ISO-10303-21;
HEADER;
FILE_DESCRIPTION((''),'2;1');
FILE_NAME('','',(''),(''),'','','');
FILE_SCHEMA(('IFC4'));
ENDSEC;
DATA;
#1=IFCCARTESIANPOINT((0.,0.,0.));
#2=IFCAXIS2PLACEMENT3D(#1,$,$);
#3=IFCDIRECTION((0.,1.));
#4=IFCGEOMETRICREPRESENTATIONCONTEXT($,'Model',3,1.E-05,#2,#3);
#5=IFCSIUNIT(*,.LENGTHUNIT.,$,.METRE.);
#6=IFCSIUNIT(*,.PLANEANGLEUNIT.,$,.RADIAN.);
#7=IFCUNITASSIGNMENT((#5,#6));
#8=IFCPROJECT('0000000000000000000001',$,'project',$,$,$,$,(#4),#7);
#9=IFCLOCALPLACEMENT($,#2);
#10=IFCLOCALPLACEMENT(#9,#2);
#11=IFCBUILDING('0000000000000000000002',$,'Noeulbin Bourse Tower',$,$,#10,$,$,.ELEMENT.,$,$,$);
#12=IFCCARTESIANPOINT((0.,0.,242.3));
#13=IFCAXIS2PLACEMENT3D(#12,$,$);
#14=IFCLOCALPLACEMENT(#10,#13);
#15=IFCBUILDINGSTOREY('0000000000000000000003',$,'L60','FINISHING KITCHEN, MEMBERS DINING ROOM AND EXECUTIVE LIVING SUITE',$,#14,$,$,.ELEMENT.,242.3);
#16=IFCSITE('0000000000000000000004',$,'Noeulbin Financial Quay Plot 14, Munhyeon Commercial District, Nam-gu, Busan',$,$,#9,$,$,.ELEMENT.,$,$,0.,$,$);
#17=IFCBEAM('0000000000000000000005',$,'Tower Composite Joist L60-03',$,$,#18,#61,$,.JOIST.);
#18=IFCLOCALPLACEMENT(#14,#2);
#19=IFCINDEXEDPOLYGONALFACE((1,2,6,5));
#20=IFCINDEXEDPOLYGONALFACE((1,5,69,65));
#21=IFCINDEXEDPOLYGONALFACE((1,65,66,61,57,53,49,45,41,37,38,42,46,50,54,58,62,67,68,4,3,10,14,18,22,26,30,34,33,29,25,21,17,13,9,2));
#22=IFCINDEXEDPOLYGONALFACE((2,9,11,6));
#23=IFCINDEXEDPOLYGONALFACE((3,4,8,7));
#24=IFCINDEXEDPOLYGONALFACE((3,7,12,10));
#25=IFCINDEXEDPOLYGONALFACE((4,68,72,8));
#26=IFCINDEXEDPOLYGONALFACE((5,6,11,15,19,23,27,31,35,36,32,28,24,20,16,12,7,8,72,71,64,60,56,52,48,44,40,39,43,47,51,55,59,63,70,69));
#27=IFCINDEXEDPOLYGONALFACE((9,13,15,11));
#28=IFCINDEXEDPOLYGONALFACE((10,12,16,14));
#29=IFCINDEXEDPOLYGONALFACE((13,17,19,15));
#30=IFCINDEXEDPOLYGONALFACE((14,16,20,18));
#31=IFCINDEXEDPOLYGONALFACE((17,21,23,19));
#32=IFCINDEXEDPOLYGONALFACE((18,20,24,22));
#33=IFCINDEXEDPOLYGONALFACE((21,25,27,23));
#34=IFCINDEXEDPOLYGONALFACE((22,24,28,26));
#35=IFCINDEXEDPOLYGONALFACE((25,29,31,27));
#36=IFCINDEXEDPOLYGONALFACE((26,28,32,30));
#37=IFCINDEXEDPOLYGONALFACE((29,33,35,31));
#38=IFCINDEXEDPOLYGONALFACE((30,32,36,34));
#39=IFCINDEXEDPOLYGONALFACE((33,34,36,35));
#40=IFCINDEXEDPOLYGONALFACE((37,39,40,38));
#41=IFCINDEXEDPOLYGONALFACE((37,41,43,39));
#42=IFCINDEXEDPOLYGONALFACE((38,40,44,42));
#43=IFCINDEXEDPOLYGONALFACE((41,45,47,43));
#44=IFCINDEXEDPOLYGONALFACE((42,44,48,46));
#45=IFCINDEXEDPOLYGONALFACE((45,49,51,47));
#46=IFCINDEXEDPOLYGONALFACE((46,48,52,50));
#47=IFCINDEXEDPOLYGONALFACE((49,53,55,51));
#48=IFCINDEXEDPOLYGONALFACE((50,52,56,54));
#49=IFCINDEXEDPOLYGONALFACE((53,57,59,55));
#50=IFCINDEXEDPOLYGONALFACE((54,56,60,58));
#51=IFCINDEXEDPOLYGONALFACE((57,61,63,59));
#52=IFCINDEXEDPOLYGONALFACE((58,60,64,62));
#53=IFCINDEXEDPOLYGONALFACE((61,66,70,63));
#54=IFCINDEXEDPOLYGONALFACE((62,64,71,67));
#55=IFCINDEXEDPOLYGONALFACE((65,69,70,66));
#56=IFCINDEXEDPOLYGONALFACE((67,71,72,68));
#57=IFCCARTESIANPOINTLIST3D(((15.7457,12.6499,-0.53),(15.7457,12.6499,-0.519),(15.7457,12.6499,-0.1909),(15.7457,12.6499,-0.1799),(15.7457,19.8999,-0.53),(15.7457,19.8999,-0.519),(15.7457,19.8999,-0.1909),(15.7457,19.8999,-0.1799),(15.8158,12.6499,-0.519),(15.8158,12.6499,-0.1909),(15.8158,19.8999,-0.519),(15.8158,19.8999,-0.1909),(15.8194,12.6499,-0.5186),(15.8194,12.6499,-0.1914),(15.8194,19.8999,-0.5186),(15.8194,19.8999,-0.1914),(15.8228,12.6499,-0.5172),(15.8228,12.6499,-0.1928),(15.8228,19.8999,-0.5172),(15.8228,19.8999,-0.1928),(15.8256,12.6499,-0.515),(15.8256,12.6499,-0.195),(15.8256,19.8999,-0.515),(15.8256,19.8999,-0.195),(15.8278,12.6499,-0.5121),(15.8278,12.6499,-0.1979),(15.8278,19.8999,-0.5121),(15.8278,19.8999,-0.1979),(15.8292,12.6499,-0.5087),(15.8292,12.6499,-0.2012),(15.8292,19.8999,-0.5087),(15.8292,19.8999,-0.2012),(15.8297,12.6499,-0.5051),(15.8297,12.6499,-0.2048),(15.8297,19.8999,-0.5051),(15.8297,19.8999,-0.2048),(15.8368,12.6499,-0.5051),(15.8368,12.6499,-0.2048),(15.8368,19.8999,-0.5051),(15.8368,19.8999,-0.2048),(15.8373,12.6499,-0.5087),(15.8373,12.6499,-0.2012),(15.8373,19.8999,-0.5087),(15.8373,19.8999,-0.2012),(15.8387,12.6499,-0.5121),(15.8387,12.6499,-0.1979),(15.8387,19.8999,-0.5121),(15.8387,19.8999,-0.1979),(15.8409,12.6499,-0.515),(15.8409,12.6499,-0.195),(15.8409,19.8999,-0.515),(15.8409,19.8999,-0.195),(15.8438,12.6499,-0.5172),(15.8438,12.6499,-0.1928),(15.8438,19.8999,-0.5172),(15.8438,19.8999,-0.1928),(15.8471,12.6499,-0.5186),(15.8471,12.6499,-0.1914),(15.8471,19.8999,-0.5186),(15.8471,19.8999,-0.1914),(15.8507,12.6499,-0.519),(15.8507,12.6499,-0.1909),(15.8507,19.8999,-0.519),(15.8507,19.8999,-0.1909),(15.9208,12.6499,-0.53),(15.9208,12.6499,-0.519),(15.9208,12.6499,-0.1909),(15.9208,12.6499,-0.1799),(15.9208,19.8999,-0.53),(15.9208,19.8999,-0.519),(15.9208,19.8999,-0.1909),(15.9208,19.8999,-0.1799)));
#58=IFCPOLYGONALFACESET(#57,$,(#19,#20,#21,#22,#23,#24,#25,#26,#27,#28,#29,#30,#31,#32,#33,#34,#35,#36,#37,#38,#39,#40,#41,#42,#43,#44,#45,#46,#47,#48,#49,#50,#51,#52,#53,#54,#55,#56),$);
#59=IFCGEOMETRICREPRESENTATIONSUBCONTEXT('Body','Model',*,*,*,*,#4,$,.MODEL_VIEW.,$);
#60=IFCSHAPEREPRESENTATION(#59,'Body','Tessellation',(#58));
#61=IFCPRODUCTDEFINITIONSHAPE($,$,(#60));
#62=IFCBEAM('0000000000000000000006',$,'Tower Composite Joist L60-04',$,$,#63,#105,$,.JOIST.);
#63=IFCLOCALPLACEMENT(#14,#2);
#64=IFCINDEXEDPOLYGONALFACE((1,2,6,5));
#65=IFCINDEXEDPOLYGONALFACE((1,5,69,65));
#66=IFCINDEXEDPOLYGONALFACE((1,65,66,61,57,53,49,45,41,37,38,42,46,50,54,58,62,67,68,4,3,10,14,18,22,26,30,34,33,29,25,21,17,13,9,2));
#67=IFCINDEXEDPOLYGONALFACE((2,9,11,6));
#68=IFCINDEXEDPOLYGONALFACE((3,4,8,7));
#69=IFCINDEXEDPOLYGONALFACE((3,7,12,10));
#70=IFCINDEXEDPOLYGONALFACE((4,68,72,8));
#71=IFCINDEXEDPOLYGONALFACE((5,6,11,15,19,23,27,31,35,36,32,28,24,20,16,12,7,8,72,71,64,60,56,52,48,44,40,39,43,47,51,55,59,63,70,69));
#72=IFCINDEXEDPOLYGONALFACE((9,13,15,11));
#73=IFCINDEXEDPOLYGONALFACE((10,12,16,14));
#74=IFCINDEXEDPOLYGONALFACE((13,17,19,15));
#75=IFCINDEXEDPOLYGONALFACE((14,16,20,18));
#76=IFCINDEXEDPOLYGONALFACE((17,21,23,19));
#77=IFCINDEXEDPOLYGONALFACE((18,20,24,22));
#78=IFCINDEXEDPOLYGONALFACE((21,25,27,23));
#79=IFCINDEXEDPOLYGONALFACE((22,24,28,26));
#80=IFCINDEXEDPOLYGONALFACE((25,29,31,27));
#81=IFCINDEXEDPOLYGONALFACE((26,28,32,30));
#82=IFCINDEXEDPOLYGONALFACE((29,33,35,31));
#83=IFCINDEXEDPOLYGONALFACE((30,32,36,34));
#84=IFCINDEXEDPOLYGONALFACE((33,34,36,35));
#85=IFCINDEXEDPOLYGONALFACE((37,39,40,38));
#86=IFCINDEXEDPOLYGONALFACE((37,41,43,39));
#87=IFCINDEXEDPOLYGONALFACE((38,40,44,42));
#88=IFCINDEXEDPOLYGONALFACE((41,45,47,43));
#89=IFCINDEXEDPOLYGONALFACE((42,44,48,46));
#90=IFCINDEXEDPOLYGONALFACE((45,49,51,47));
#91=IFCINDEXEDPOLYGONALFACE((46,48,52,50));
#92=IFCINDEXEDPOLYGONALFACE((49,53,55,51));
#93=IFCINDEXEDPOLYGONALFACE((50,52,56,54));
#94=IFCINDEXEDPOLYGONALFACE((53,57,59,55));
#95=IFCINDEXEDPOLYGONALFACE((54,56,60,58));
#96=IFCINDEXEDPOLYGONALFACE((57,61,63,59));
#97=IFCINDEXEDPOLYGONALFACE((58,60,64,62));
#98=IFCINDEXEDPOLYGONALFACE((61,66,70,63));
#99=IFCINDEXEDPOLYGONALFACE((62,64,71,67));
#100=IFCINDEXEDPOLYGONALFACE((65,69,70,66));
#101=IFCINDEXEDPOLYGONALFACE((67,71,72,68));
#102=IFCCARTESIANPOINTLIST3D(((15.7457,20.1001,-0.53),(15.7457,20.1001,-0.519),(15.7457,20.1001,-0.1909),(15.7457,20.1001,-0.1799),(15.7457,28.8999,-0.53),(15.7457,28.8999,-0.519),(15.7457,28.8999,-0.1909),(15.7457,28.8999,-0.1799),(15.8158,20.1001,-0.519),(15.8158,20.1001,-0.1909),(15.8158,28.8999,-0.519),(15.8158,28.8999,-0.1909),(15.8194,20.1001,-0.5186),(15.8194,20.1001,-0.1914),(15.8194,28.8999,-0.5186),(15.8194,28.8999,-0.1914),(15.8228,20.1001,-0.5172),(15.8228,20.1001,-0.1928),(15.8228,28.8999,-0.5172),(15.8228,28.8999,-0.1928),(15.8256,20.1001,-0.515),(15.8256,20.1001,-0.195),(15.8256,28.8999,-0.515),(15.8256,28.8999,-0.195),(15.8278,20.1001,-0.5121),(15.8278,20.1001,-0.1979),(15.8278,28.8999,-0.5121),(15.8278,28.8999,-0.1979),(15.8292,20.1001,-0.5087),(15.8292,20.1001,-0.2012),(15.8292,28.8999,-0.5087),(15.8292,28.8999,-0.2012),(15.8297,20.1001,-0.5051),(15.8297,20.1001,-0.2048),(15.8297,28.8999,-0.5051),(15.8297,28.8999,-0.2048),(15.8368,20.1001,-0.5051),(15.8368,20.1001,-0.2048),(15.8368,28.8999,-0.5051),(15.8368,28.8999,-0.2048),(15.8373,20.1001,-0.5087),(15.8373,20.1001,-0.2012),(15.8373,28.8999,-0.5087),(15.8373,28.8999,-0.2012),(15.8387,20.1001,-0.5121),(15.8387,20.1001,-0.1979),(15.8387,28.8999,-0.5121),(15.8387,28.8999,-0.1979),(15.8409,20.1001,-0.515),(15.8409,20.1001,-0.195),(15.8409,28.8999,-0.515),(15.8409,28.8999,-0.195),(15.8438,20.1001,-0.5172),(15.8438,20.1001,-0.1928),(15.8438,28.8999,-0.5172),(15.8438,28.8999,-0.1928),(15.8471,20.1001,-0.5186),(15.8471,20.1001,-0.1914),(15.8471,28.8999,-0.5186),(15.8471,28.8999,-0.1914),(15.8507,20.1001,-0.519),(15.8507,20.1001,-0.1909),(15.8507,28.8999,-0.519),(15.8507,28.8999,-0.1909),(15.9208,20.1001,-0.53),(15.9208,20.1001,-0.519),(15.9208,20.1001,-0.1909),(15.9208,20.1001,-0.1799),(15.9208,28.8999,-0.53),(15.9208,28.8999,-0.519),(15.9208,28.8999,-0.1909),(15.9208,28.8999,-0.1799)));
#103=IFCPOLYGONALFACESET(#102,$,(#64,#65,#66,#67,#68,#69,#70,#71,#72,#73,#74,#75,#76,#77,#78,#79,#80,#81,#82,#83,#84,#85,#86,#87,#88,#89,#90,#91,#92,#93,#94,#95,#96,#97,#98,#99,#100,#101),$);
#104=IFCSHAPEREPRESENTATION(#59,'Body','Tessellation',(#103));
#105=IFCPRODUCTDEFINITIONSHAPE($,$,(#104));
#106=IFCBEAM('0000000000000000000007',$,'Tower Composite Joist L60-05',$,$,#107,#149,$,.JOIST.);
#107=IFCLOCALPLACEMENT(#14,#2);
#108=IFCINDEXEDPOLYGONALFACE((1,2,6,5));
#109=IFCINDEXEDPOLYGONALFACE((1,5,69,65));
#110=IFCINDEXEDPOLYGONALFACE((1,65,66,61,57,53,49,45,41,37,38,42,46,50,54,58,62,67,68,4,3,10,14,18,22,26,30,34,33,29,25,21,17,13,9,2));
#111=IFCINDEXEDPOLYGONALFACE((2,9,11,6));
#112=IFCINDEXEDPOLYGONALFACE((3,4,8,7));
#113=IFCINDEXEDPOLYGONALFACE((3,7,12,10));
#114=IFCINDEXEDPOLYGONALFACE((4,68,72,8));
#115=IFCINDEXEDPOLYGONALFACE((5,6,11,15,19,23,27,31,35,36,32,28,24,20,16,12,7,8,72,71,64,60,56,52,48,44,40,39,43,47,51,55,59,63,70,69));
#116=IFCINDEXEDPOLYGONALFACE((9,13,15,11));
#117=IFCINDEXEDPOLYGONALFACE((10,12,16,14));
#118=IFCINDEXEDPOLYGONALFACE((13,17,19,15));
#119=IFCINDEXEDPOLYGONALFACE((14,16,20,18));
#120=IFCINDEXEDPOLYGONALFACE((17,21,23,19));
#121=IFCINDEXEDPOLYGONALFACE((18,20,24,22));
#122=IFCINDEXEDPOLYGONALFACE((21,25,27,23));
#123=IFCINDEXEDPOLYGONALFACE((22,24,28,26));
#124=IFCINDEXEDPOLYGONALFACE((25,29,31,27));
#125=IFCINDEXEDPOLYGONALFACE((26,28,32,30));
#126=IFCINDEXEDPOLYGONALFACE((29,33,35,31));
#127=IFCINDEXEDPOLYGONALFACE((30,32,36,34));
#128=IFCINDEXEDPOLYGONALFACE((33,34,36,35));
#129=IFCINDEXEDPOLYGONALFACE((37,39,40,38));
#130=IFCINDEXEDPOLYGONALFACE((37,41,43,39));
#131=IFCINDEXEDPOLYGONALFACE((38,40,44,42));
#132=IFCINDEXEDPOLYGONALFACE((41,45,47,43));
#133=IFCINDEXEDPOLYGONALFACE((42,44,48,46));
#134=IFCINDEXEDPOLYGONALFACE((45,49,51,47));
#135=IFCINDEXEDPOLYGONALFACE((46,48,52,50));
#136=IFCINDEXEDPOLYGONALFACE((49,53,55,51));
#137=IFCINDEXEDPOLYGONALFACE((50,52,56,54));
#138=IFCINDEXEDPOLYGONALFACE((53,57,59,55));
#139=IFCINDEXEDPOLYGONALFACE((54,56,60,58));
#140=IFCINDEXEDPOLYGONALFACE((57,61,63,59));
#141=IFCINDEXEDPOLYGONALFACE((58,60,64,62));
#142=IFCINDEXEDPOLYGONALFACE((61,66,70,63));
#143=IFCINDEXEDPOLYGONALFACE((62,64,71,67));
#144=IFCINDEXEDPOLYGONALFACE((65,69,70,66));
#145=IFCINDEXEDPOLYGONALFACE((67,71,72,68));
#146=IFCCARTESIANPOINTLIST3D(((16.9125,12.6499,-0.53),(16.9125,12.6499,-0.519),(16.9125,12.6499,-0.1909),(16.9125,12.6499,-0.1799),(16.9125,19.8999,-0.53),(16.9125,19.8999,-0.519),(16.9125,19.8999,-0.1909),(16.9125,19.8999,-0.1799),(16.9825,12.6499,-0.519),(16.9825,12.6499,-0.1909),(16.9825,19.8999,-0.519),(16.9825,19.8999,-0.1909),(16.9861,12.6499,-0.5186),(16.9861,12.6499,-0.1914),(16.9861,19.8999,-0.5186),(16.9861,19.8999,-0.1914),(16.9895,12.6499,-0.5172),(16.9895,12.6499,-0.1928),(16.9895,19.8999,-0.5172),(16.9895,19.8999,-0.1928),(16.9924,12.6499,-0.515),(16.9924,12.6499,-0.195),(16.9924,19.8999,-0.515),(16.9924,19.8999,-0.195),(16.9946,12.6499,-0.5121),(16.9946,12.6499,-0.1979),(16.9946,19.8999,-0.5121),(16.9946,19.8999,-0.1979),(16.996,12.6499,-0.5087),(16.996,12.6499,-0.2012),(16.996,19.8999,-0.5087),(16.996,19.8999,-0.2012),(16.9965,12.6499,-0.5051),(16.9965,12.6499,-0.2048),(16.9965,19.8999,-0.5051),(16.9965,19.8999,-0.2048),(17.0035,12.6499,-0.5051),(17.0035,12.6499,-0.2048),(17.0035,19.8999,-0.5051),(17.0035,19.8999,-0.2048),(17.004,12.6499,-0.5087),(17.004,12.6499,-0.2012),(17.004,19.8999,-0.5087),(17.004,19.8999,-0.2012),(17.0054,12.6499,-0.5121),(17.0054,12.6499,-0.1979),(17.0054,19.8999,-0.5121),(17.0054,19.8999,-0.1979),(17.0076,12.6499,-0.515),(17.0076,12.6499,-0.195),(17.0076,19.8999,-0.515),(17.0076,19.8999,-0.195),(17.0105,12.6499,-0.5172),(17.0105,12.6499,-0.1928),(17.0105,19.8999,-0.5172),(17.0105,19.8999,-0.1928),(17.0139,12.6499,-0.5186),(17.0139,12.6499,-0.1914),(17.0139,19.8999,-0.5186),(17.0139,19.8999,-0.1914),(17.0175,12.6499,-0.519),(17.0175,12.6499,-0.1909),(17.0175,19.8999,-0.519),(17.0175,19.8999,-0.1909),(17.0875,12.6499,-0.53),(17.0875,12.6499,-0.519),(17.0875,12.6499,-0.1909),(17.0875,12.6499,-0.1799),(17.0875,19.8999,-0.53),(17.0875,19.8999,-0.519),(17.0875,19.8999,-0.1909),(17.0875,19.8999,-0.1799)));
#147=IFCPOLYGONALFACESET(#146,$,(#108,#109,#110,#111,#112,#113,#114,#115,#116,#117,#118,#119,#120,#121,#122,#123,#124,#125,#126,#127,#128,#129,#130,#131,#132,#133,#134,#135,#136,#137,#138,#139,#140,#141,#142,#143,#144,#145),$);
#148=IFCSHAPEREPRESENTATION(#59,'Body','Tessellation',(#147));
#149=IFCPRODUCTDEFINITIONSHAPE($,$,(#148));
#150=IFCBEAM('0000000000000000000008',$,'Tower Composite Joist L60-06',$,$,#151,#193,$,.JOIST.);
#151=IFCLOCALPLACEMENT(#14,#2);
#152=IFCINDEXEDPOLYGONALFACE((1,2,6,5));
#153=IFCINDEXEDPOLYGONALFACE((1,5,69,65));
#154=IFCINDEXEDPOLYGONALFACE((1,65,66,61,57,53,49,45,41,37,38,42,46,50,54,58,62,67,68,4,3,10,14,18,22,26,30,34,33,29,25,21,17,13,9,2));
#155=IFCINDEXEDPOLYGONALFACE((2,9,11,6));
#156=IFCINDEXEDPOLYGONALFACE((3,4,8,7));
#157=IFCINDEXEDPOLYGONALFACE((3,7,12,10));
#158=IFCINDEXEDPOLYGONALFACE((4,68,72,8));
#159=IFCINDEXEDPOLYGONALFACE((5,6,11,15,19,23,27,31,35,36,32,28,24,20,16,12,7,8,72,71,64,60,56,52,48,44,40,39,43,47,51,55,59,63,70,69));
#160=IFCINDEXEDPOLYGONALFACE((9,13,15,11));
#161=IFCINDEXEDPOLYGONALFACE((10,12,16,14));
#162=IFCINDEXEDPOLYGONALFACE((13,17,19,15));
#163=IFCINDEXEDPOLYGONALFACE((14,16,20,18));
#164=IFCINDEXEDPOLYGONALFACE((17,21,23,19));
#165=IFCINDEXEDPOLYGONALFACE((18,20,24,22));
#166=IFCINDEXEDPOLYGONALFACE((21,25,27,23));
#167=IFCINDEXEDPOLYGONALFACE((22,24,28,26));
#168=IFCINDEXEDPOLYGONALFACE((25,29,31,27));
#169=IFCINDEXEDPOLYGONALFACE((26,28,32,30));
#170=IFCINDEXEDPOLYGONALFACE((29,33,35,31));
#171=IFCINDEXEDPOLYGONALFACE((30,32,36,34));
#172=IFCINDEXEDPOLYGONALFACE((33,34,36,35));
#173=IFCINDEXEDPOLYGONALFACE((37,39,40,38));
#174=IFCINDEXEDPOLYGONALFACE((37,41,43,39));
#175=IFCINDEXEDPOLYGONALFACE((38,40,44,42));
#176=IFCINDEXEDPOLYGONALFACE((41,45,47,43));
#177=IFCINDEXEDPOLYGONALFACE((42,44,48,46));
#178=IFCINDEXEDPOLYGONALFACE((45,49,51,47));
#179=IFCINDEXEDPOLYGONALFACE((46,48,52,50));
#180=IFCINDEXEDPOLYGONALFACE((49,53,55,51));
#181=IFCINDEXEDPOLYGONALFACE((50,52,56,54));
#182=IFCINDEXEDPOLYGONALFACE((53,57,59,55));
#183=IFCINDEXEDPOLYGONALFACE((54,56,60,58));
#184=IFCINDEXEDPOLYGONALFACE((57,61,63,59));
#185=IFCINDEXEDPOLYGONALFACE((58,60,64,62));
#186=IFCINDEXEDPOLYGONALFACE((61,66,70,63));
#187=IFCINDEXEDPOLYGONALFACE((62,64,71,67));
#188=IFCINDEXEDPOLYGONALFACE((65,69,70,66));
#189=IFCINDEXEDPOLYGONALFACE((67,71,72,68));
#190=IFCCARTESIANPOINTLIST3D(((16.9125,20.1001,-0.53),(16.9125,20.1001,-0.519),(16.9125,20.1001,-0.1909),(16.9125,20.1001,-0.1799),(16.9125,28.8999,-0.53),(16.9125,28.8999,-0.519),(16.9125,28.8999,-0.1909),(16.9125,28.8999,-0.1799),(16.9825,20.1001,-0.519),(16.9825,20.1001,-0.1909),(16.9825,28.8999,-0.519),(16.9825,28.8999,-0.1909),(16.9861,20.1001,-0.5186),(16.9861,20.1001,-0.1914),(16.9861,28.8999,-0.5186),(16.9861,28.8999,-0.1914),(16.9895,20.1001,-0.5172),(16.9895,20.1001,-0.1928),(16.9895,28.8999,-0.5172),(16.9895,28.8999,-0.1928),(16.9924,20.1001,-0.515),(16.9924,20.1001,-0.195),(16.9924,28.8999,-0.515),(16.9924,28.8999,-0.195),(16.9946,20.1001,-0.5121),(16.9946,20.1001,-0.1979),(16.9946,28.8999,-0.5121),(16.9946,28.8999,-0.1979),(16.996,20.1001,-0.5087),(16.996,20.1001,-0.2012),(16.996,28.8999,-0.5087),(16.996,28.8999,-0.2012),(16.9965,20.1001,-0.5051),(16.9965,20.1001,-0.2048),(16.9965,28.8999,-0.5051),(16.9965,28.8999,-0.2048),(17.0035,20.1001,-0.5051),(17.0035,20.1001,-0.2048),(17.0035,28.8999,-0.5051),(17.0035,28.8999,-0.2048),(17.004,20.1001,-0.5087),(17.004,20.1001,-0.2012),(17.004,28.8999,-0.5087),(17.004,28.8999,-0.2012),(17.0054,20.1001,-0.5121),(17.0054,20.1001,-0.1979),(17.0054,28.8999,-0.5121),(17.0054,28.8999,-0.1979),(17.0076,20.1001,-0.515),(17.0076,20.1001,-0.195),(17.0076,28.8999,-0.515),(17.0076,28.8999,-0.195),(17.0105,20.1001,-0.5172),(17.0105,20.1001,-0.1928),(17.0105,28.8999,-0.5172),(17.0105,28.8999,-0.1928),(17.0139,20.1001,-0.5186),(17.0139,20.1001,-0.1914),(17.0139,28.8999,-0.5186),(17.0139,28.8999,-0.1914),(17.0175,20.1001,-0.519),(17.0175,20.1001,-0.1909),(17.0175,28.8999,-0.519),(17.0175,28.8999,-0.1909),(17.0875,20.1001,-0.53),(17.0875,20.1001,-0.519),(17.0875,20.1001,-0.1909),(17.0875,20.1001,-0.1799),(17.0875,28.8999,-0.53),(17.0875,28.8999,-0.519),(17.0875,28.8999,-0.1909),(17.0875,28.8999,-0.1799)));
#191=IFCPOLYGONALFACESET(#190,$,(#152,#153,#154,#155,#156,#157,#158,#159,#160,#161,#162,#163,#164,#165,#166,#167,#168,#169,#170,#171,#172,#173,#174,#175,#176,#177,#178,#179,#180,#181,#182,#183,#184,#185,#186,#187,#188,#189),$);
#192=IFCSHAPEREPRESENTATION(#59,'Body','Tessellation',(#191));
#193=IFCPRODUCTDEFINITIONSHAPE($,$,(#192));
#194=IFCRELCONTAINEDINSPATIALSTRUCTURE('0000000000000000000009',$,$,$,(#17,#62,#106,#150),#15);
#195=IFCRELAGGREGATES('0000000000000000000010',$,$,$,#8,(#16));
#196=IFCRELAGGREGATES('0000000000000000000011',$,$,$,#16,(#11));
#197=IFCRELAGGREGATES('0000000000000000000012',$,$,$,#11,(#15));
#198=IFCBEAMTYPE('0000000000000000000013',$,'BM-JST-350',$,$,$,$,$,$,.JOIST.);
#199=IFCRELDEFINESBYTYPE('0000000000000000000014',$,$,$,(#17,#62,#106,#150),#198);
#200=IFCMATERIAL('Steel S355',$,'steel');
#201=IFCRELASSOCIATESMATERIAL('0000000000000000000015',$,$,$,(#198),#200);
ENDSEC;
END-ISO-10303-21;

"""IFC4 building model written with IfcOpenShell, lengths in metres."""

from ifc_helpers import new_model, si_unit, direction, frame, origin, origin_2d, place, context, subcontext, project, spatial, i_section, extrude, material, material_profile, profile_set, type_object, element, save


model = new_model("IFC4")

# Units and contexts
model_context = context("Model", 3, precision=1e-05, world=origin(), true_north=direction((0.0, 1.0)))
body_context = subcontext(model_context, "Body", "Model", "MODEL_VIEW")
ifc_project = project(units=[si_unit("LENGTHUNIT", "METRE"), si_unit("PLANEANGLEUNIT", "RADIAN")], contexts=[model_context])

# Site, building, storey
site_placement = place(None, origin())
site = spatial("IfcSite", under=ifc_project, at=site_placement, Name="Noeulbin Financial Quay Plot 14, Munhyeon Commercial District, Nam-gu, Busan", CompositionType="ELEMENT", RefElevation=0.0)
building_placement = place(site_placement, origin())
building = spatial("IfcBuilding", under=site, at=building_placement, Name="Noeulbin Bourse Tower", CompositionType="ELEMENT")
storey_placement = place(building_placement, frame((0.0, 0.0, 242.3)))
storey = spatial("IfcBuildingStorey", under=building, at=storey_placement, Name="L60", Description="FINISHING KITCHEN, MEMBERS DINING ROOM AND EXECUTIVE LIVING SUITE", CompositionType="ELEMENT", Elevation=242.3)

# Shared definitions
ifc_material_1 = material(Name="Steel S355", Category="steel")

# Beams
ifc_material_profile_1 = material_profile(ifc_material_1, i_section(OverallWidth=0.175, OverallDepth=0.3501, WebThickness=0.0071, FlangeThickness=0.011, FilletRadius=0.0139, at=origin_2d()), Name="H-350x175x7x11", Category="LoadBearing")
ifc_profile_set_1 = profile_set([ifc_material_profile_1], Name="Steel S355")
beam_type_1 = type_object("IfcBeamType", Name="BM-JST-350", PredefinedType="JOIST", material=ifc_profile_set_1)
beam_1_placement = place(storey_placement, frame((15.8333, 12.6499, -0.355), z_axis=(0.0, 1.0, 0.0), x_axis=(-1.0, 0.0, 0.0)))
element("IfcBeam", 1, at=beam_1_placement, inside=storey, type_object=beam_type_1, Name="Tower Composite Joist L60-03", PredefinedType="JOIST", context=body_context, shape_type="SweptSolid", body=[
    extrude(i_section(OverallWidth=0.175, OverallDepth=0.3501, WebThickness=0.0071, FlangeThickness=0.011, FilletRadius=0.0139, at=origin_2d()), origin(), (0.0, 0.0, 1.0), 7.25),
])
beam_2_placement = place(storey_placement, frame((15.8333, 20.1001, -0.355), z_axis=(0.0, 1.0, 0.0), x_axis=(-1.0, 0.0, 0.0)))
element("IfcBeam", 2, at=beam_2_placement, inside=storey, type_object=beam_type_1, Name="Tower Composite Joist L60-04", PredefinedType="JOIST", context=body_context, shape_type="SweptSolid", body=[
    extrude(i_section(OverallWidth=0.175, OverallDepth=0.3501, WebThickness=0.0071, FlangeThickness=0.011, FilletRadius=0.0139, at=origin_2d()), origin(), (0.0, 0.0, 1.0), 8.7998),
])
beam_3_placement = place(storey_placement, frame((17.0, 12.6499, -0.355), z_axis=(0.0, 1.0, 0.0), x_axis=(-1.0, 0.0, 0.0)))
element("IfcBeam", 3, at=beam_3_placement, inside=storey, type_object=beam_type_1, Name="Tower Composite Joist L60-05", PredefinedType="JOIST", context=body_context, shape_type="SweptSolid", body=[
    extrude(i_section(OverallWidth=0.175, OverallDepth=0.3501, WebThickness=0.0071, FlangeThickness=0.011, FilletRadius=0.0139, at=origin_2d()), origin(), (0.0, 0.0, 1.0), 7.25),
])
beam_4_placement = place(storey_placement, frame((17.0, 20.1001, -0.355), z_axis=(0.0, 1.0, 0.0), x_axis=(-1.0, 0.0, 0.0)))
element("IfcBeam", 4, at=beam_4_placement, inside=storey, type_object=beam_type_1, Name="Tower Composite Joist L60-06", PredefinedType="JOIST", context=body_context, shape_type="SweptSolid", body=[
    extrude(i_section(OverallWidth=0.175, OverallDepth=0.3501, WebThickness=0.0071, FlangeThickness=0.011, FilletRadius=0.0139, at=origin_2d()), origin(), (0.0, 0.0, 1.0), 8.7998),
])

save(model, "model.ifc")
